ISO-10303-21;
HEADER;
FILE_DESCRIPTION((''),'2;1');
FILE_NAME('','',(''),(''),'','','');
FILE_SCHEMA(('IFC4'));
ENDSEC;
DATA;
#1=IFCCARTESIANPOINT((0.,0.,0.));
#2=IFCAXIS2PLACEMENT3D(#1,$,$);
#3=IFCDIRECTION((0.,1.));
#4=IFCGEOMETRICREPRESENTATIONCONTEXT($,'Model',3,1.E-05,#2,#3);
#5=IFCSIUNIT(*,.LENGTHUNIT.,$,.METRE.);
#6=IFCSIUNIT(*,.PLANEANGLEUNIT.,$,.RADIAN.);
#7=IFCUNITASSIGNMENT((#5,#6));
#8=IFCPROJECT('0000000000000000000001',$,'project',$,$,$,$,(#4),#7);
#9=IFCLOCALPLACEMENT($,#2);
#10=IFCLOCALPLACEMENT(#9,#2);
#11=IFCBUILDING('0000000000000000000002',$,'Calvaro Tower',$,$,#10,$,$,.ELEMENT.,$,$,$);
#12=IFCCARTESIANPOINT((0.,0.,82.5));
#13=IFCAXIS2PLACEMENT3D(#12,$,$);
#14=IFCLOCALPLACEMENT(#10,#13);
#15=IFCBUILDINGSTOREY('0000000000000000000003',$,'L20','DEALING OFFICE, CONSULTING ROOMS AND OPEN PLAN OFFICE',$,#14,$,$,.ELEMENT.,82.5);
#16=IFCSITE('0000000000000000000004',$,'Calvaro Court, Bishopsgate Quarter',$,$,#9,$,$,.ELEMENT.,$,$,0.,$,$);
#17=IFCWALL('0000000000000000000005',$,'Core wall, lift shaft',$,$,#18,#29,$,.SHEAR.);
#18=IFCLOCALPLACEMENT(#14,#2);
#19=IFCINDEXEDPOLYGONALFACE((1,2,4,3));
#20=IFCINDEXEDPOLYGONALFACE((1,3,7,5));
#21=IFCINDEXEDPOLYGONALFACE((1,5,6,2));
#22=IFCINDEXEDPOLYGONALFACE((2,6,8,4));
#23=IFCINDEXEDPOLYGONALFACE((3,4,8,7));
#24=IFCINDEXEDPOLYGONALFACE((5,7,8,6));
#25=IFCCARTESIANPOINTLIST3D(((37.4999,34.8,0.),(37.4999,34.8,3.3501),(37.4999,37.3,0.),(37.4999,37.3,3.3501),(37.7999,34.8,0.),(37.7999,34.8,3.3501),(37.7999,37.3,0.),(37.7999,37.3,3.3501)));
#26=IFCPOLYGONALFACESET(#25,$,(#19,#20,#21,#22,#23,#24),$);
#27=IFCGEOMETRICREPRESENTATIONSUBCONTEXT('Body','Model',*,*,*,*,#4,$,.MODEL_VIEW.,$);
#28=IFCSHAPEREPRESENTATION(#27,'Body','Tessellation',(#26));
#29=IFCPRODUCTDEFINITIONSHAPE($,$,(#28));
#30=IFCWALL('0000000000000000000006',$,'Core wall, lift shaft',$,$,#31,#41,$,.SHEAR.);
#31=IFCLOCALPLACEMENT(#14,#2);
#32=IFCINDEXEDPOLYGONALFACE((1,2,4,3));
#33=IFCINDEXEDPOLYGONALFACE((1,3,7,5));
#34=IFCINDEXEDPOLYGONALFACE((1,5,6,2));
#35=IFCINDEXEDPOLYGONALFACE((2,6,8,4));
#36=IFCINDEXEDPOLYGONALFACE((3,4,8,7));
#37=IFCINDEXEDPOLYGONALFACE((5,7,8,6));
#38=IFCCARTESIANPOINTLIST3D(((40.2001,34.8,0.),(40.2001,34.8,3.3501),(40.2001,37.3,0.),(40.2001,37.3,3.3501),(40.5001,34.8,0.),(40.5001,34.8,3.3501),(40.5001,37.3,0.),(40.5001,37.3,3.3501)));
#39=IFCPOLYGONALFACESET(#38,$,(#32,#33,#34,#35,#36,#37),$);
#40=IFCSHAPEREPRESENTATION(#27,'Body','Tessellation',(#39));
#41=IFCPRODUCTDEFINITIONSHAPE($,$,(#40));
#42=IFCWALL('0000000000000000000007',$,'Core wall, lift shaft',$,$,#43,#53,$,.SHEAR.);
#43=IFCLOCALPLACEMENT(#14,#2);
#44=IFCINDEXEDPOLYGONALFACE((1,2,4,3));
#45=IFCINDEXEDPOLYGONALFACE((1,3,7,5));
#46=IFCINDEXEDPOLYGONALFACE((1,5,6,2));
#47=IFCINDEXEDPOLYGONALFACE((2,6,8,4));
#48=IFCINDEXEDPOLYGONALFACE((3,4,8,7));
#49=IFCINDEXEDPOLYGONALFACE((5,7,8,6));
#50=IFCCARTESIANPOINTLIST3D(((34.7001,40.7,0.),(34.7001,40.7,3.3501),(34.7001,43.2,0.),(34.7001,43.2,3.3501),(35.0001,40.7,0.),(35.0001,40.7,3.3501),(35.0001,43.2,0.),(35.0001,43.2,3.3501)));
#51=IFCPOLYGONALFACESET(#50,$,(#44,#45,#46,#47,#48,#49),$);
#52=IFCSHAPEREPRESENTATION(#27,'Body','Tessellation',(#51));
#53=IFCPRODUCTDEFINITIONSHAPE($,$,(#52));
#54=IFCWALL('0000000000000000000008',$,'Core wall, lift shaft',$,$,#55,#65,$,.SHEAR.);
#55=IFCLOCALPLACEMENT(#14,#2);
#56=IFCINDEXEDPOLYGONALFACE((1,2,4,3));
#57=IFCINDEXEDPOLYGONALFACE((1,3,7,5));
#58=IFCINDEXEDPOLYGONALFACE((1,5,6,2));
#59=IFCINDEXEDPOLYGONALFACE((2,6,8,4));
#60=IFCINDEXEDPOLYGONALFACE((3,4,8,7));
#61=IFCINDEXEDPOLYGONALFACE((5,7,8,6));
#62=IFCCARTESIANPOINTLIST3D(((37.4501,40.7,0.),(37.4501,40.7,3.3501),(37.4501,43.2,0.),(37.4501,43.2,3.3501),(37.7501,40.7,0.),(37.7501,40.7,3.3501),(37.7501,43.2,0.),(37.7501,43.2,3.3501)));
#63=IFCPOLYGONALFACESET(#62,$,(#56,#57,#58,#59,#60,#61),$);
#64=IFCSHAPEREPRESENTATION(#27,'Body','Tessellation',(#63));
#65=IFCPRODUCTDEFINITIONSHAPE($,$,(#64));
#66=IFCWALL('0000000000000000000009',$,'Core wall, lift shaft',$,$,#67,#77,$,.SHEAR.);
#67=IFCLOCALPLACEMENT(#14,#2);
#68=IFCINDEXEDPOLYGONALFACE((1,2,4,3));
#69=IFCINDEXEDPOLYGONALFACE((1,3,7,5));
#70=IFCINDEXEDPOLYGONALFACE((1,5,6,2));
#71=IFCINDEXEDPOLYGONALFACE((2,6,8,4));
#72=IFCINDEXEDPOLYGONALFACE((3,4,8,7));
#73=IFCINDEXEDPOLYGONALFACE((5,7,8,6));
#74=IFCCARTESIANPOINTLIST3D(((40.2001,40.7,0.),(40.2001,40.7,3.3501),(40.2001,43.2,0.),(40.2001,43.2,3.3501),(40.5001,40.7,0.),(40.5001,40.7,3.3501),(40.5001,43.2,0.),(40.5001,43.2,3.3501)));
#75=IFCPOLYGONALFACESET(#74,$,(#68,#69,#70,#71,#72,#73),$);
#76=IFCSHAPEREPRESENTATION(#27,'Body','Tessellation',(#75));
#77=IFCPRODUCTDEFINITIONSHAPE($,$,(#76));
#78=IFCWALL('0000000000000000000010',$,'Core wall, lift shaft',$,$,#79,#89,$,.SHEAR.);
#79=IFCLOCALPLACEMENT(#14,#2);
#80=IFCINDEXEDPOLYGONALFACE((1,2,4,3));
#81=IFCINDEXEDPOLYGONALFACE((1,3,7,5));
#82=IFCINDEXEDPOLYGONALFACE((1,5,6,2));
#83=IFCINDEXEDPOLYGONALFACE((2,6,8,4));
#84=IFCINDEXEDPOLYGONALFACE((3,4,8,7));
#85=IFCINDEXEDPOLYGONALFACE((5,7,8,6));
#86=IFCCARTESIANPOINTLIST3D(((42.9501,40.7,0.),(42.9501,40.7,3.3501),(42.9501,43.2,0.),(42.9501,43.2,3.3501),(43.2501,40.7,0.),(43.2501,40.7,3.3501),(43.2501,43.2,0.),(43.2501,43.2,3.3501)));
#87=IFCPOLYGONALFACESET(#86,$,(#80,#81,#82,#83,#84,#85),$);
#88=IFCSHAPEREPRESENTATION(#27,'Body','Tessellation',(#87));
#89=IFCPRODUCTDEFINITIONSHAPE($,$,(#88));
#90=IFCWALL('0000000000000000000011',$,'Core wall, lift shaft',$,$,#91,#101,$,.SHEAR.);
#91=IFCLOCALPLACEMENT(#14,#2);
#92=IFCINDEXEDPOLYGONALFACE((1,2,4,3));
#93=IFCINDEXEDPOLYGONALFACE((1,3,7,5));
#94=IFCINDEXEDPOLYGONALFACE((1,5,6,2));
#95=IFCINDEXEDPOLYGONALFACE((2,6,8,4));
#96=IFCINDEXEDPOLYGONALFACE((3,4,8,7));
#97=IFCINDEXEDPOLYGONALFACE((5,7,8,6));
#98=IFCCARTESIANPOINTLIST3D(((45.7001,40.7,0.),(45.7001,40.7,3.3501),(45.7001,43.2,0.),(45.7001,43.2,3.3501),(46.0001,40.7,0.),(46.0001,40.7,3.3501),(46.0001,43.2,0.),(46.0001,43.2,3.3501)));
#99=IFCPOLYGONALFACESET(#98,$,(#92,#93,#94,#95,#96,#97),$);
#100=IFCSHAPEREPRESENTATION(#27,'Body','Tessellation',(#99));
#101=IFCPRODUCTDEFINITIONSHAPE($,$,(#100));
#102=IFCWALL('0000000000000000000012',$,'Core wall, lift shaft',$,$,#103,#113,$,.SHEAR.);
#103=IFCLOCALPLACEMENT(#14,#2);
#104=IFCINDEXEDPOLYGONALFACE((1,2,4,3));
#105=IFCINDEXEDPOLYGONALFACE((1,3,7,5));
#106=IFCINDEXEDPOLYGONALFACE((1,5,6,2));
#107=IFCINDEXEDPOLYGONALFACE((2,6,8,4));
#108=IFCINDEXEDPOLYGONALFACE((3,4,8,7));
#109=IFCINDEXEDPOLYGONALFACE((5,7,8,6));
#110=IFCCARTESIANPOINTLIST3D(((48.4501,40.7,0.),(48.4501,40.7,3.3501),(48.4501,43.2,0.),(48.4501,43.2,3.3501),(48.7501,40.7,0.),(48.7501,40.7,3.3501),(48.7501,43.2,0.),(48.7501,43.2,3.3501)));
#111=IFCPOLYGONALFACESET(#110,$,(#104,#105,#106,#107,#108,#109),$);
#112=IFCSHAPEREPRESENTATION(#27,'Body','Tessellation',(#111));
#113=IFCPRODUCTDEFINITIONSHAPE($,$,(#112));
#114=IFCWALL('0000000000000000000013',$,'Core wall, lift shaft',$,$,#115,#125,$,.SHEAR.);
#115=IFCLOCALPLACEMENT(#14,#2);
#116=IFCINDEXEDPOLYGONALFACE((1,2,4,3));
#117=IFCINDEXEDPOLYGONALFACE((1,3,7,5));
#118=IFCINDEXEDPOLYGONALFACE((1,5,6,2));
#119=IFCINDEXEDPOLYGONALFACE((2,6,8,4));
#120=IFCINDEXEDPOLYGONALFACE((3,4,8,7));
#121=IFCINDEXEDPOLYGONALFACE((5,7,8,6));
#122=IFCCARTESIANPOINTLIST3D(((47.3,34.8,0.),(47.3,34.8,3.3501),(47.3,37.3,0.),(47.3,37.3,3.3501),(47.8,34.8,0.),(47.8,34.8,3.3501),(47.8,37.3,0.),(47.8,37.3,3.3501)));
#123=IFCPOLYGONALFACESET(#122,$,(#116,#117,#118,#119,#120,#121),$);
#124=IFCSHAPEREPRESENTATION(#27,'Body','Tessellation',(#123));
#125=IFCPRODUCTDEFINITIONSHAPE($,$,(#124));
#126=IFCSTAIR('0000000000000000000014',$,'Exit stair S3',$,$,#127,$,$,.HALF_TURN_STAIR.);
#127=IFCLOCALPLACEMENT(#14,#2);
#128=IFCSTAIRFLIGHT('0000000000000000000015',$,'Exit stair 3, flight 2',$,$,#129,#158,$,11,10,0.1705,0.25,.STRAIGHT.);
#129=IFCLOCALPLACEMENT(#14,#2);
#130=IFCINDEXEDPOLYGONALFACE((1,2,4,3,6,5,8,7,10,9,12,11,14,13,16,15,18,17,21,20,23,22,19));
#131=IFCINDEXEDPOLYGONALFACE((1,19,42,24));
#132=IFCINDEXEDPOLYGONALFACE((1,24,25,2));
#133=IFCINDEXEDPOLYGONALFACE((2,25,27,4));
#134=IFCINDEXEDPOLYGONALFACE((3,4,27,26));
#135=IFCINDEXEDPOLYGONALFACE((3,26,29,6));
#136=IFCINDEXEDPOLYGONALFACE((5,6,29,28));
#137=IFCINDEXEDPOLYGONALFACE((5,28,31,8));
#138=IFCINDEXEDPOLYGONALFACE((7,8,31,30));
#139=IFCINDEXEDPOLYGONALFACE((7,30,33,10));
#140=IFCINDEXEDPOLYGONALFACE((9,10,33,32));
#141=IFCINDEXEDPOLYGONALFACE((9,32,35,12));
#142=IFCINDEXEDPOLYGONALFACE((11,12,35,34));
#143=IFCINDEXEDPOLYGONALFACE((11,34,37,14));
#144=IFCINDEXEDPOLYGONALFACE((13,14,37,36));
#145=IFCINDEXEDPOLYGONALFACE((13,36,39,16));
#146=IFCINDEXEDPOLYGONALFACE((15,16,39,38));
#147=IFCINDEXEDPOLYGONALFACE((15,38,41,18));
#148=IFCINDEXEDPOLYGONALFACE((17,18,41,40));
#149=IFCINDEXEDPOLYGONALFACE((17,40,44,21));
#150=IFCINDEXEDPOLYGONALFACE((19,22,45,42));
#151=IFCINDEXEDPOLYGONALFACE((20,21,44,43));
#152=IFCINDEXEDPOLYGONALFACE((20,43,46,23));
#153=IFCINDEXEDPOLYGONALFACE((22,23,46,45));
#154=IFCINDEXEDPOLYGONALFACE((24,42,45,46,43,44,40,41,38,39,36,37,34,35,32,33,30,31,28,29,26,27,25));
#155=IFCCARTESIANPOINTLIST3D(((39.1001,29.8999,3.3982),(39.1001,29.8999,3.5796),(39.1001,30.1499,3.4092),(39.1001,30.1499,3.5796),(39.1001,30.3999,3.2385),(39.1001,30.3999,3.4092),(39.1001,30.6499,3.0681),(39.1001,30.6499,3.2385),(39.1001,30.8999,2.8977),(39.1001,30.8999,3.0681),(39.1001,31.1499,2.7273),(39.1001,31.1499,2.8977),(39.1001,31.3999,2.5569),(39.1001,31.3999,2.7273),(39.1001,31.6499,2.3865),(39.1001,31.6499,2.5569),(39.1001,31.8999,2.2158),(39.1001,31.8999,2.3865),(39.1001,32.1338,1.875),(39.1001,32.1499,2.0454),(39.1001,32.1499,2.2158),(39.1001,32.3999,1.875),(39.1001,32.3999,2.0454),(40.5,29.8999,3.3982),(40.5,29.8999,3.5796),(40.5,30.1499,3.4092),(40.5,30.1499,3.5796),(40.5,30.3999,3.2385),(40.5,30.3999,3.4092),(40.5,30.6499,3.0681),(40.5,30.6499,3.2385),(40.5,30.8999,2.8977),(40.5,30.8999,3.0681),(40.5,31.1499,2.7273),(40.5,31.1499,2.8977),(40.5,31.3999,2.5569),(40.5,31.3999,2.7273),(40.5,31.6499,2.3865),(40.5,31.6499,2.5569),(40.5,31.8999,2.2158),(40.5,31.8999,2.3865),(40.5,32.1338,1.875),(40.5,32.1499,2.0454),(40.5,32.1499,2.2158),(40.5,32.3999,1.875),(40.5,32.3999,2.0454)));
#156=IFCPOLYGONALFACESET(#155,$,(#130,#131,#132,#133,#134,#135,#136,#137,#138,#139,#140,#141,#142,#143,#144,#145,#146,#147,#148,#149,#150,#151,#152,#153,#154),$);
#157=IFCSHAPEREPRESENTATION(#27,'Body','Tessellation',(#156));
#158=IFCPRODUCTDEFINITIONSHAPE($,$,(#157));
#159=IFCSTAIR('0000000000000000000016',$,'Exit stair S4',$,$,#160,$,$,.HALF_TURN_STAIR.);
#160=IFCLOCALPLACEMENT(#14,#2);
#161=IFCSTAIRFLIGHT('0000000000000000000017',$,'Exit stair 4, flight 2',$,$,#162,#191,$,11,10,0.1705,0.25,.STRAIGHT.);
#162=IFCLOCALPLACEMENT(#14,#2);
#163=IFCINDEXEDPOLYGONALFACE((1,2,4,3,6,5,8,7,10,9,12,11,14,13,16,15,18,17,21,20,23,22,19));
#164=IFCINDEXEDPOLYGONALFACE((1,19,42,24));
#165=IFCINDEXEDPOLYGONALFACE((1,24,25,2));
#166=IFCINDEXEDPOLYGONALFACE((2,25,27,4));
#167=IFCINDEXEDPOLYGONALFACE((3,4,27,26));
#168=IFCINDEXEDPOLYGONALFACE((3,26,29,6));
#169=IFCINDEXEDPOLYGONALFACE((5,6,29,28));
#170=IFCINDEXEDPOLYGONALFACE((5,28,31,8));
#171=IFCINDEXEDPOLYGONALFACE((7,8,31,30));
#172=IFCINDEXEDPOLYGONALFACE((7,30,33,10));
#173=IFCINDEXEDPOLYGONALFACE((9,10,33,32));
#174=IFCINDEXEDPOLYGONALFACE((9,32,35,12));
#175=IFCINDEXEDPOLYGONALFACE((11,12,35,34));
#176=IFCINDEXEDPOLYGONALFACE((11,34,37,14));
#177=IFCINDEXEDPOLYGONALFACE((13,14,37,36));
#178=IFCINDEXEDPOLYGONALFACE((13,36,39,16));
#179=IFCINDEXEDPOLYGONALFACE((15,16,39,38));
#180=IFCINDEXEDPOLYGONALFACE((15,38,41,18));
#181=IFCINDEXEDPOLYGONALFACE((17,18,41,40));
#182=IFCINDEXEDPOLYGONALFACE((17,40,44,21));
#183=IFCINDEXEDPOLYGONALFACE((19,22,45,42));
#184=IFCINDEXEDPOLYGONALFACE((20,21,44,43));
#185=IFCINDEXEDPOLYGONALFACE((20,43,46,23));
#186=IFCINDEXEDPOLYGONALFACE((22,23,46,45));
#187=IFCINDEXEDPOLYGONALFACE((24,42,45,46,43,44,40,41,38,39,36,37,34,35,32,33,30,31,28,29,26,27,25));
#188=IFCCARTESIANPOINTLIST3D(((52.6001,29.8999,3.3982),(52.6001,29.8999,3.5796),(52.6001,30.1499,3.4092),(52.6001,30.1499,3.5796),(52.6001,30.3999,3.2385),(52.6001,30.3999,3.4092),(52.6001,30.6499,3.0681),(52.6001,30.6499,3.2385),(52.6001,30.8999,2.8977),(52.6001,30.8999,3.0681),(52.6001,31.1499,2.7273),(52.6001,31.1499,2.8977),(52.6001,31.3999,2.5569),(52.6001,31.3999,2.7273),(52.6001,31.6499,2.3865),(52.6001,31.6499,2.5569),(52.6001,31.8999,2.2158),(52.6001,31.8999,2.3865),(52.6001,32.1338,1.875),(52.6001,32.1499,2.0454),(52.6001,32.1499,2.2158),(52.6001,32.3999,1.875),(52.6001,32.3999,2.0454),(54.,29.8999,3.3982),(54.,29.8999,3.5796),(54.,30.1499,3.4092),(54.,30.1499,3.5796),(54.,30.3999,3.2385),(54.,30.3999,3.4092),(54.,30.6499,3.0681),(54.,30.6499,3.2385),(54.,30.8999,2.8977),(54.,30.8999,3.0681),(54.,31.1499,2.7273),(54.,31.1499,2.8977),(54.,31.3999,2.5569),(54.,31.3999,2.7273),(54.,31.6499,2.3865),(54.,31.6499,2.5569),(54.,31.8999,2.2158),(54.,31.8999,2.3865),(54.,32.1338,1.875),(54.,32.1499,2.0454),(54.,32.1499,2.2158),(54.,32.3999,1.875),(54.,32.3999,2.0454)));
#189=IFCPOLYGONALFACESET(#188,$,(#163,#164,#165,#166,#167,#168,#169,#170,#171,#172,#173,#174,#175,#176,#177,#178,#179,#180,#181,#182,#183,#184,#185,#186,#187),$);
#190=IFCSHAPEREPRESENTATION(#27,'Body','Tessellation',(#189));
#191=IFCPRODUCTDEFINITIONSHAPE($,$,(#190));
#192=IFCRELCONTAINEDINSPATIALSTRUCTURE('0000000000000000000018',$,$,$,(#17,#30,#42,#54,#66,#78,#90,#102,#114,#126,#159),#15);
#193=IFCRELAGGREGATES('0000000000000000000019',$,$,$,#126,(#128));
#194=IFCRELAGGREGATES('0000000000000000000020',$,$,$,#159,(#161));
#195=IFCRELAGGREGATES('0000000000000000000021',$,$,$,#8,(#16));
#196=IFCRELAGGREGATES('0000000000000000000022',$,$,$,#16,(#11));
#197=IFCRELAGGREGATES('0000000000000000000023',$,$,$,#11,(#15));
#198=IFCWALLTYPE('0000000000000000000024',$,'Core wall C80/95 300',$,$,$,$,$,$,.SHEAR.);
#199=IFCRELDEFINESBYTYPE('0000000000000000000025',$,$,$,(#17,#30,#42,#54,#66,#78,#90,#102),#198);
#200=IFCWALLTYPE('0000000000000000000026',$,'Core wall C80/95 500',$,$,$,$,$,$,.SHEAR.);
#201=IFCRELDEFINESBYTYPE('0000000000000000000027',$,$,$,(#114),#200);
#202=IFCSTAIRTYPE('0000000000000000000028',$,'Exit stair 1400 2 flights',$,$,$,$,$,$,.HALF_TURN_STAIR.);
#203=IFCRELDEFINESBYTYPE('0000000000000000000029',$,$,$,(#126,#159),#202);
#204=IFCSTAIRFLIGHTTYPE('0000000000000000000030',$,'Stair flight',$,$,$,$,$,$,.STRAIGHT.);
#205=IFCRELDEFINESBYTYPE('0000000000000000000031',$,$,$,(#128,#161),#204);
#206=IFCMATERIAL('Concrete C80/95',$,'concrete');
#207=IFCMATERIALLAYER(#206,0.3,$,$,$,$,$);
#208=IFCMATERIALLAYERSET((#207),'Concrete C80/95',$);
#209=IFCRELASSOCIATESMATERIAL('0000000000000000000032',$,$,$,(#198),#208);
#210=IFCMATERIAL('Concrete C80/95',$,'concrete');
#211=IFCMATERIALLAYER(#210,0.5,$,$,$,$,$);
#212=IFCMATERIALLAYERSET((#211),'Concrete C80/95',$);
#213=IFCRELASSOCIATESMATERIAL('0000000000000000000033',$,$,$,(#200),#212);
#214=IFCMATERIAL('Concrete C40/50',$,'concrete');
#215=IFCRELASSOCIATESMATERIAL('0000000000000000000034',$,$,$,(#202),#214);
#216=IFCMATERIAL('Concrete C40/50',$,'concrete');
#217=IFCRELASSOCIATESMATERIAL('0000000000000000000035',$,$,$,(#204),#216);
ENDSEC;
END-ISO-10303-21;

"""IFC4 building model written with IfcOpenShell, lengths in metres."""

from ifc_helpers import new_model, si_unit, direction, frame, frame_2d, origin, place, context, subcontext, project, spatial, polyline, rectangle, outline, extrude, material, layer, layer_set, type_object, element, aggregate, save


model = new_model("IFC4")

# Units and contexts
model_context = context("Model", 3, precision=1e-05, world=origin(), true_north=direction((0.0, 1.0)))
body_context = subcontext(model_context, "Body", "Model", "MODEL_VIEW")
ifc_project = project(units=[si_unit("LENGTHUNIT", "METRE"), si_unit("PLANEANGLEUNIT", "RADIAN")], contexts=[model_context])

# Site, building, storey
site_placement = place(None, origin())
site = spatial("IfcSite", under=ifc_project, at=site_placement, Name="Calvaro Court, Bishopsgate Quarter", CompositionType="ELEMENT", RefElevation=0.0)
building_placement = place(site_placement, origin())
building = spatial("IfcBuilding", under=site, at=building_placement, Name="Calvaro Tower", CompositionType="ELEMENT")
storey_placement = place(building_placement, frame((0.0, 0.0, 82.5)))
storey = spatial("IfcBuildingStorey", under=building, at=storey_placement, Name="L20", Description="DEALING OFFICE, CONSULTING ROOMS AND OPEN PLAN OFFICE", CompositionType="ELEMENT", Elevation=82.5)

# Shared definitions
ifc_material_1 = material(Name="Concrete C80/95", Category="concrete")
ifc_layer_1 = layer(ifc_material_1, 0.3)
ifc_layer_set_1 = layer_set([ifc_layer_1], Name="Concrete C80/95")
wall_type_1 = type_object("IfcWallType", Name="Core wall C80/95 300", PredefinedType="SHEAR", material=ifc_layer_set_1)

# Walls
for number, where, z_axis, x_axis, name in (
    (1, (37.6499, 34.8, 0.0), (0.0, 0.0, 1.0), (0.0, 1.0, 0.0), "Core wall, lift shaft"),
    (2, (40.3501, 34.8, 0.0), (0.0, 0.0, 1.0), (0.0, 1.0, 0.0), "Core wall, lift shaft"),
    (3, (34.8501, 40.7, 0.0), (0.0, 0.0, 1.0), (0.0, 1.0, 0.0), "Core wall, lift shaft"),
    (4, (37.6001, 40.7, 0.0), (0.0, 0.0, 1.0), (0.0, 1.0, 0.0), "Core wall, lift shaft"),
    (5, (40.3501, 40.7, 0.0), (0.0, 0.0, 1.0), (0.0, 1.0, 0.0), "Core wall, lift shaft"),
    (6, (43.1001, 40.7, 0.0), (0.0, 0.0, 1.0), (0.0, 1.0, 0.0), "Core wall, lift shaft"),
    (7, (45.8501, 40.7, 0.0), (0.0, 0.0, 1.0), (0.0, 1.0, 0.0), "Core wall, lift shaft"),
    (8, (48.6001, 40.7, 0.0), (0.0, 0.0, 1.0), (0.0, 1.0, 0.0), "Core wall, lift shaft"),
):
    element("IfcWall", number, at=place(storey_placement, frame(where, z_axis=z_axis, x_axis=x_axis)), inside=storey, type_object=wall_type_1, Name=name, PredefinedType="SHEAR", context=body_context, shape_type="SweptSolid", body=[
        extrude(rectangle(XDim=2.5, YDim=0.3, at=frame_2d((1.25, 0.0))), origin(), (0.0, 0.0, 1.0), 3.3501),
    ])
ifc_material_2 = material(Name="Concrete C80/95", Category="concrete")
ifc_layer_2 = layer(ifc_material_2, 0.5)
ifc_layer_set_2 = layer_set([ifc_layer_2], Name="Concrete C80/95")
wall_type_2 = type_object("IfcWallType", Name="Core wall C80/95 500", PredefinedType="SHEAR", material=ifc_layer_set_2)
wall_1_placement = place(storey_placement, frame((47.55, 34.8, 0.0), z_axis=(0.0, 0.0, 1.0), x_axis=(0.0, 1.0, 0.0)))
element("IfcWall", 9, at=wall_1_placement, inside=storey, type_object=wall_type_2, Name="Core wall, lift shaft", PredefinedType="SHEAR", context=body_context, shape_type="SweptSolid", body=[
    extrude(rectangle(XDim=2.5, YDim=0.5, at=frame_2d((1.25, 0.0))), origin(), (0.0, 0.0, 1.0), 3.3501),
])

# Stairs, stair flights
ifc_material_3 = material(Name="Concrete C40/50", Category="concrete")
stair_type = type_object("IfcStairType", Name="Exit stair 1400 2 flights", PredefinedType="HALF_TURN_STAIR", material=ifc_material_3)
stair_1_placement = place(storey_placement, origin())
stair_1 = element("IfcStair", 10, at=stair_1_placement, inside=storey, type_object=stair_type, Name="Exit stair S3", PredefinedType="HALF_TURN_STAIR")
ifc_material_4 = material(Name="Concrete C40/50", Category="concrete")
stair_flight_type = type_object("IfcStairFlightType", Name="Stair flight", PredefinedType="STRAIGHT", material=ifc_material_4)
stair_flight_1_placement = place(storey_placement, frame((39.8, 32.3999, 1.875), z_axis=(0.0, 0.0, 1.0), x_axis=(0.0, -1.0, 0.0)))
stair_flight_1 = element("IfcStairFlight", 11, at=stair_flight_1_placement, type_object=stair_flight_type, Name="Exit stair 3, flight 2", NumberOfRisers=11, NumberOfTreads=10, PredefinedType="STRAIGHT", RiserHeight=0.1705, TreadLength=0.25, context=body_context, shape_type="SweptSolid", body=[
    extrude(outline(polyline([(0.0, 0.0), (0.0, 0.1704), (0.25, 0.1704), (0.25, 0.3408), (0.5, 0.3408), (0.5, 0.5115), (0.75, 0.5115), (0.75, 0.6819), (1.0, 0.6819), (1.0, 0.8523), (1.25, 0.8523), (1.25, 1.0227), (1.5, 1.0227), (1.5, 1.1931), (1.75, 1.1931), (1.75, 1.3635), (2.0, 1.3635), (2.0, 1.5342), (2.25, 1.5342), (2.25, 1.7046), (2.5, 1.7046), (2.5, 1.875), (2.5, 1.5232), (0.2661, 0.0), (0.0, 0.0)])), frame((0.0, 0.7, 0.0), z_axis=(0.0, -1.0, 0.0), x_axis=(1.0, 0.0, 0.0)), (0.0, 0.0, 1.0), 1.3999),
])
stair_2_placement = place(storey_placement, origin())
stair_2 = element("IfcStair", 12, at=stair_2_placement, inside=storey, type_object=stair_type, Name="Exit stair S4", PredefinedType="HALF_TURN_STAIR")
stair_flight_2_placement = place(storey_placement, frame((53.3, 32.3999, 1.875), z_axis=(0.0, 0.0, 1.0), x_axis=(0.0, -1.0, 0.0)))
stair_flight_2 = element("IfcStairFlight", 13, at=stair_flight_2_placement, type_object=stair_flight_type, Name="Exit stair 4, flight 2", NumberOfRisers=11, NumberOfTreads=10, PredefinedType="STRAIGHT", RiserHeight=0.1705, TreadLength=0.25, context=body_context, shape_type="SweptSolid", body=[
    extrude(outline(polyline([(0.0, 0.0), (0.0, 0.1704), (0.25, 0.1704), (0.25, 0.3408), (0.5, 0.3408), (0.5, 0.5115), (0.75, 0.5115), (0.75, 0.6819), (1.0, 0.6819), (1.0, 0.8523), (1.25, 0.8523), (1.25, 1.0227), (1.5, 1.0227), (1.5, 1.1931), (1.75, 1.1931), (1.75, 1.3635), (2.0, 1.3635), (2.0, 1.5342), (2.25, 1.5342), (2.25, 1.7046), (2.5, 1.7046), (2.5, 1.875), (2.5, 1.5232), (0.2661, 0.0), (0.0, 0.0)])), frame((0.0, 0.7, 0.0), z_axis=(0.0, -1.0, 0.0), x_axis=(1.0, 0.0, 0.0)), (0.0, 0.0, 1.0), 1.3999),
])

aggregate(stair_1, [stair_flight_1])
aggregate(stair_2, [stair_flight_2])

save(model, "model.ifc")
